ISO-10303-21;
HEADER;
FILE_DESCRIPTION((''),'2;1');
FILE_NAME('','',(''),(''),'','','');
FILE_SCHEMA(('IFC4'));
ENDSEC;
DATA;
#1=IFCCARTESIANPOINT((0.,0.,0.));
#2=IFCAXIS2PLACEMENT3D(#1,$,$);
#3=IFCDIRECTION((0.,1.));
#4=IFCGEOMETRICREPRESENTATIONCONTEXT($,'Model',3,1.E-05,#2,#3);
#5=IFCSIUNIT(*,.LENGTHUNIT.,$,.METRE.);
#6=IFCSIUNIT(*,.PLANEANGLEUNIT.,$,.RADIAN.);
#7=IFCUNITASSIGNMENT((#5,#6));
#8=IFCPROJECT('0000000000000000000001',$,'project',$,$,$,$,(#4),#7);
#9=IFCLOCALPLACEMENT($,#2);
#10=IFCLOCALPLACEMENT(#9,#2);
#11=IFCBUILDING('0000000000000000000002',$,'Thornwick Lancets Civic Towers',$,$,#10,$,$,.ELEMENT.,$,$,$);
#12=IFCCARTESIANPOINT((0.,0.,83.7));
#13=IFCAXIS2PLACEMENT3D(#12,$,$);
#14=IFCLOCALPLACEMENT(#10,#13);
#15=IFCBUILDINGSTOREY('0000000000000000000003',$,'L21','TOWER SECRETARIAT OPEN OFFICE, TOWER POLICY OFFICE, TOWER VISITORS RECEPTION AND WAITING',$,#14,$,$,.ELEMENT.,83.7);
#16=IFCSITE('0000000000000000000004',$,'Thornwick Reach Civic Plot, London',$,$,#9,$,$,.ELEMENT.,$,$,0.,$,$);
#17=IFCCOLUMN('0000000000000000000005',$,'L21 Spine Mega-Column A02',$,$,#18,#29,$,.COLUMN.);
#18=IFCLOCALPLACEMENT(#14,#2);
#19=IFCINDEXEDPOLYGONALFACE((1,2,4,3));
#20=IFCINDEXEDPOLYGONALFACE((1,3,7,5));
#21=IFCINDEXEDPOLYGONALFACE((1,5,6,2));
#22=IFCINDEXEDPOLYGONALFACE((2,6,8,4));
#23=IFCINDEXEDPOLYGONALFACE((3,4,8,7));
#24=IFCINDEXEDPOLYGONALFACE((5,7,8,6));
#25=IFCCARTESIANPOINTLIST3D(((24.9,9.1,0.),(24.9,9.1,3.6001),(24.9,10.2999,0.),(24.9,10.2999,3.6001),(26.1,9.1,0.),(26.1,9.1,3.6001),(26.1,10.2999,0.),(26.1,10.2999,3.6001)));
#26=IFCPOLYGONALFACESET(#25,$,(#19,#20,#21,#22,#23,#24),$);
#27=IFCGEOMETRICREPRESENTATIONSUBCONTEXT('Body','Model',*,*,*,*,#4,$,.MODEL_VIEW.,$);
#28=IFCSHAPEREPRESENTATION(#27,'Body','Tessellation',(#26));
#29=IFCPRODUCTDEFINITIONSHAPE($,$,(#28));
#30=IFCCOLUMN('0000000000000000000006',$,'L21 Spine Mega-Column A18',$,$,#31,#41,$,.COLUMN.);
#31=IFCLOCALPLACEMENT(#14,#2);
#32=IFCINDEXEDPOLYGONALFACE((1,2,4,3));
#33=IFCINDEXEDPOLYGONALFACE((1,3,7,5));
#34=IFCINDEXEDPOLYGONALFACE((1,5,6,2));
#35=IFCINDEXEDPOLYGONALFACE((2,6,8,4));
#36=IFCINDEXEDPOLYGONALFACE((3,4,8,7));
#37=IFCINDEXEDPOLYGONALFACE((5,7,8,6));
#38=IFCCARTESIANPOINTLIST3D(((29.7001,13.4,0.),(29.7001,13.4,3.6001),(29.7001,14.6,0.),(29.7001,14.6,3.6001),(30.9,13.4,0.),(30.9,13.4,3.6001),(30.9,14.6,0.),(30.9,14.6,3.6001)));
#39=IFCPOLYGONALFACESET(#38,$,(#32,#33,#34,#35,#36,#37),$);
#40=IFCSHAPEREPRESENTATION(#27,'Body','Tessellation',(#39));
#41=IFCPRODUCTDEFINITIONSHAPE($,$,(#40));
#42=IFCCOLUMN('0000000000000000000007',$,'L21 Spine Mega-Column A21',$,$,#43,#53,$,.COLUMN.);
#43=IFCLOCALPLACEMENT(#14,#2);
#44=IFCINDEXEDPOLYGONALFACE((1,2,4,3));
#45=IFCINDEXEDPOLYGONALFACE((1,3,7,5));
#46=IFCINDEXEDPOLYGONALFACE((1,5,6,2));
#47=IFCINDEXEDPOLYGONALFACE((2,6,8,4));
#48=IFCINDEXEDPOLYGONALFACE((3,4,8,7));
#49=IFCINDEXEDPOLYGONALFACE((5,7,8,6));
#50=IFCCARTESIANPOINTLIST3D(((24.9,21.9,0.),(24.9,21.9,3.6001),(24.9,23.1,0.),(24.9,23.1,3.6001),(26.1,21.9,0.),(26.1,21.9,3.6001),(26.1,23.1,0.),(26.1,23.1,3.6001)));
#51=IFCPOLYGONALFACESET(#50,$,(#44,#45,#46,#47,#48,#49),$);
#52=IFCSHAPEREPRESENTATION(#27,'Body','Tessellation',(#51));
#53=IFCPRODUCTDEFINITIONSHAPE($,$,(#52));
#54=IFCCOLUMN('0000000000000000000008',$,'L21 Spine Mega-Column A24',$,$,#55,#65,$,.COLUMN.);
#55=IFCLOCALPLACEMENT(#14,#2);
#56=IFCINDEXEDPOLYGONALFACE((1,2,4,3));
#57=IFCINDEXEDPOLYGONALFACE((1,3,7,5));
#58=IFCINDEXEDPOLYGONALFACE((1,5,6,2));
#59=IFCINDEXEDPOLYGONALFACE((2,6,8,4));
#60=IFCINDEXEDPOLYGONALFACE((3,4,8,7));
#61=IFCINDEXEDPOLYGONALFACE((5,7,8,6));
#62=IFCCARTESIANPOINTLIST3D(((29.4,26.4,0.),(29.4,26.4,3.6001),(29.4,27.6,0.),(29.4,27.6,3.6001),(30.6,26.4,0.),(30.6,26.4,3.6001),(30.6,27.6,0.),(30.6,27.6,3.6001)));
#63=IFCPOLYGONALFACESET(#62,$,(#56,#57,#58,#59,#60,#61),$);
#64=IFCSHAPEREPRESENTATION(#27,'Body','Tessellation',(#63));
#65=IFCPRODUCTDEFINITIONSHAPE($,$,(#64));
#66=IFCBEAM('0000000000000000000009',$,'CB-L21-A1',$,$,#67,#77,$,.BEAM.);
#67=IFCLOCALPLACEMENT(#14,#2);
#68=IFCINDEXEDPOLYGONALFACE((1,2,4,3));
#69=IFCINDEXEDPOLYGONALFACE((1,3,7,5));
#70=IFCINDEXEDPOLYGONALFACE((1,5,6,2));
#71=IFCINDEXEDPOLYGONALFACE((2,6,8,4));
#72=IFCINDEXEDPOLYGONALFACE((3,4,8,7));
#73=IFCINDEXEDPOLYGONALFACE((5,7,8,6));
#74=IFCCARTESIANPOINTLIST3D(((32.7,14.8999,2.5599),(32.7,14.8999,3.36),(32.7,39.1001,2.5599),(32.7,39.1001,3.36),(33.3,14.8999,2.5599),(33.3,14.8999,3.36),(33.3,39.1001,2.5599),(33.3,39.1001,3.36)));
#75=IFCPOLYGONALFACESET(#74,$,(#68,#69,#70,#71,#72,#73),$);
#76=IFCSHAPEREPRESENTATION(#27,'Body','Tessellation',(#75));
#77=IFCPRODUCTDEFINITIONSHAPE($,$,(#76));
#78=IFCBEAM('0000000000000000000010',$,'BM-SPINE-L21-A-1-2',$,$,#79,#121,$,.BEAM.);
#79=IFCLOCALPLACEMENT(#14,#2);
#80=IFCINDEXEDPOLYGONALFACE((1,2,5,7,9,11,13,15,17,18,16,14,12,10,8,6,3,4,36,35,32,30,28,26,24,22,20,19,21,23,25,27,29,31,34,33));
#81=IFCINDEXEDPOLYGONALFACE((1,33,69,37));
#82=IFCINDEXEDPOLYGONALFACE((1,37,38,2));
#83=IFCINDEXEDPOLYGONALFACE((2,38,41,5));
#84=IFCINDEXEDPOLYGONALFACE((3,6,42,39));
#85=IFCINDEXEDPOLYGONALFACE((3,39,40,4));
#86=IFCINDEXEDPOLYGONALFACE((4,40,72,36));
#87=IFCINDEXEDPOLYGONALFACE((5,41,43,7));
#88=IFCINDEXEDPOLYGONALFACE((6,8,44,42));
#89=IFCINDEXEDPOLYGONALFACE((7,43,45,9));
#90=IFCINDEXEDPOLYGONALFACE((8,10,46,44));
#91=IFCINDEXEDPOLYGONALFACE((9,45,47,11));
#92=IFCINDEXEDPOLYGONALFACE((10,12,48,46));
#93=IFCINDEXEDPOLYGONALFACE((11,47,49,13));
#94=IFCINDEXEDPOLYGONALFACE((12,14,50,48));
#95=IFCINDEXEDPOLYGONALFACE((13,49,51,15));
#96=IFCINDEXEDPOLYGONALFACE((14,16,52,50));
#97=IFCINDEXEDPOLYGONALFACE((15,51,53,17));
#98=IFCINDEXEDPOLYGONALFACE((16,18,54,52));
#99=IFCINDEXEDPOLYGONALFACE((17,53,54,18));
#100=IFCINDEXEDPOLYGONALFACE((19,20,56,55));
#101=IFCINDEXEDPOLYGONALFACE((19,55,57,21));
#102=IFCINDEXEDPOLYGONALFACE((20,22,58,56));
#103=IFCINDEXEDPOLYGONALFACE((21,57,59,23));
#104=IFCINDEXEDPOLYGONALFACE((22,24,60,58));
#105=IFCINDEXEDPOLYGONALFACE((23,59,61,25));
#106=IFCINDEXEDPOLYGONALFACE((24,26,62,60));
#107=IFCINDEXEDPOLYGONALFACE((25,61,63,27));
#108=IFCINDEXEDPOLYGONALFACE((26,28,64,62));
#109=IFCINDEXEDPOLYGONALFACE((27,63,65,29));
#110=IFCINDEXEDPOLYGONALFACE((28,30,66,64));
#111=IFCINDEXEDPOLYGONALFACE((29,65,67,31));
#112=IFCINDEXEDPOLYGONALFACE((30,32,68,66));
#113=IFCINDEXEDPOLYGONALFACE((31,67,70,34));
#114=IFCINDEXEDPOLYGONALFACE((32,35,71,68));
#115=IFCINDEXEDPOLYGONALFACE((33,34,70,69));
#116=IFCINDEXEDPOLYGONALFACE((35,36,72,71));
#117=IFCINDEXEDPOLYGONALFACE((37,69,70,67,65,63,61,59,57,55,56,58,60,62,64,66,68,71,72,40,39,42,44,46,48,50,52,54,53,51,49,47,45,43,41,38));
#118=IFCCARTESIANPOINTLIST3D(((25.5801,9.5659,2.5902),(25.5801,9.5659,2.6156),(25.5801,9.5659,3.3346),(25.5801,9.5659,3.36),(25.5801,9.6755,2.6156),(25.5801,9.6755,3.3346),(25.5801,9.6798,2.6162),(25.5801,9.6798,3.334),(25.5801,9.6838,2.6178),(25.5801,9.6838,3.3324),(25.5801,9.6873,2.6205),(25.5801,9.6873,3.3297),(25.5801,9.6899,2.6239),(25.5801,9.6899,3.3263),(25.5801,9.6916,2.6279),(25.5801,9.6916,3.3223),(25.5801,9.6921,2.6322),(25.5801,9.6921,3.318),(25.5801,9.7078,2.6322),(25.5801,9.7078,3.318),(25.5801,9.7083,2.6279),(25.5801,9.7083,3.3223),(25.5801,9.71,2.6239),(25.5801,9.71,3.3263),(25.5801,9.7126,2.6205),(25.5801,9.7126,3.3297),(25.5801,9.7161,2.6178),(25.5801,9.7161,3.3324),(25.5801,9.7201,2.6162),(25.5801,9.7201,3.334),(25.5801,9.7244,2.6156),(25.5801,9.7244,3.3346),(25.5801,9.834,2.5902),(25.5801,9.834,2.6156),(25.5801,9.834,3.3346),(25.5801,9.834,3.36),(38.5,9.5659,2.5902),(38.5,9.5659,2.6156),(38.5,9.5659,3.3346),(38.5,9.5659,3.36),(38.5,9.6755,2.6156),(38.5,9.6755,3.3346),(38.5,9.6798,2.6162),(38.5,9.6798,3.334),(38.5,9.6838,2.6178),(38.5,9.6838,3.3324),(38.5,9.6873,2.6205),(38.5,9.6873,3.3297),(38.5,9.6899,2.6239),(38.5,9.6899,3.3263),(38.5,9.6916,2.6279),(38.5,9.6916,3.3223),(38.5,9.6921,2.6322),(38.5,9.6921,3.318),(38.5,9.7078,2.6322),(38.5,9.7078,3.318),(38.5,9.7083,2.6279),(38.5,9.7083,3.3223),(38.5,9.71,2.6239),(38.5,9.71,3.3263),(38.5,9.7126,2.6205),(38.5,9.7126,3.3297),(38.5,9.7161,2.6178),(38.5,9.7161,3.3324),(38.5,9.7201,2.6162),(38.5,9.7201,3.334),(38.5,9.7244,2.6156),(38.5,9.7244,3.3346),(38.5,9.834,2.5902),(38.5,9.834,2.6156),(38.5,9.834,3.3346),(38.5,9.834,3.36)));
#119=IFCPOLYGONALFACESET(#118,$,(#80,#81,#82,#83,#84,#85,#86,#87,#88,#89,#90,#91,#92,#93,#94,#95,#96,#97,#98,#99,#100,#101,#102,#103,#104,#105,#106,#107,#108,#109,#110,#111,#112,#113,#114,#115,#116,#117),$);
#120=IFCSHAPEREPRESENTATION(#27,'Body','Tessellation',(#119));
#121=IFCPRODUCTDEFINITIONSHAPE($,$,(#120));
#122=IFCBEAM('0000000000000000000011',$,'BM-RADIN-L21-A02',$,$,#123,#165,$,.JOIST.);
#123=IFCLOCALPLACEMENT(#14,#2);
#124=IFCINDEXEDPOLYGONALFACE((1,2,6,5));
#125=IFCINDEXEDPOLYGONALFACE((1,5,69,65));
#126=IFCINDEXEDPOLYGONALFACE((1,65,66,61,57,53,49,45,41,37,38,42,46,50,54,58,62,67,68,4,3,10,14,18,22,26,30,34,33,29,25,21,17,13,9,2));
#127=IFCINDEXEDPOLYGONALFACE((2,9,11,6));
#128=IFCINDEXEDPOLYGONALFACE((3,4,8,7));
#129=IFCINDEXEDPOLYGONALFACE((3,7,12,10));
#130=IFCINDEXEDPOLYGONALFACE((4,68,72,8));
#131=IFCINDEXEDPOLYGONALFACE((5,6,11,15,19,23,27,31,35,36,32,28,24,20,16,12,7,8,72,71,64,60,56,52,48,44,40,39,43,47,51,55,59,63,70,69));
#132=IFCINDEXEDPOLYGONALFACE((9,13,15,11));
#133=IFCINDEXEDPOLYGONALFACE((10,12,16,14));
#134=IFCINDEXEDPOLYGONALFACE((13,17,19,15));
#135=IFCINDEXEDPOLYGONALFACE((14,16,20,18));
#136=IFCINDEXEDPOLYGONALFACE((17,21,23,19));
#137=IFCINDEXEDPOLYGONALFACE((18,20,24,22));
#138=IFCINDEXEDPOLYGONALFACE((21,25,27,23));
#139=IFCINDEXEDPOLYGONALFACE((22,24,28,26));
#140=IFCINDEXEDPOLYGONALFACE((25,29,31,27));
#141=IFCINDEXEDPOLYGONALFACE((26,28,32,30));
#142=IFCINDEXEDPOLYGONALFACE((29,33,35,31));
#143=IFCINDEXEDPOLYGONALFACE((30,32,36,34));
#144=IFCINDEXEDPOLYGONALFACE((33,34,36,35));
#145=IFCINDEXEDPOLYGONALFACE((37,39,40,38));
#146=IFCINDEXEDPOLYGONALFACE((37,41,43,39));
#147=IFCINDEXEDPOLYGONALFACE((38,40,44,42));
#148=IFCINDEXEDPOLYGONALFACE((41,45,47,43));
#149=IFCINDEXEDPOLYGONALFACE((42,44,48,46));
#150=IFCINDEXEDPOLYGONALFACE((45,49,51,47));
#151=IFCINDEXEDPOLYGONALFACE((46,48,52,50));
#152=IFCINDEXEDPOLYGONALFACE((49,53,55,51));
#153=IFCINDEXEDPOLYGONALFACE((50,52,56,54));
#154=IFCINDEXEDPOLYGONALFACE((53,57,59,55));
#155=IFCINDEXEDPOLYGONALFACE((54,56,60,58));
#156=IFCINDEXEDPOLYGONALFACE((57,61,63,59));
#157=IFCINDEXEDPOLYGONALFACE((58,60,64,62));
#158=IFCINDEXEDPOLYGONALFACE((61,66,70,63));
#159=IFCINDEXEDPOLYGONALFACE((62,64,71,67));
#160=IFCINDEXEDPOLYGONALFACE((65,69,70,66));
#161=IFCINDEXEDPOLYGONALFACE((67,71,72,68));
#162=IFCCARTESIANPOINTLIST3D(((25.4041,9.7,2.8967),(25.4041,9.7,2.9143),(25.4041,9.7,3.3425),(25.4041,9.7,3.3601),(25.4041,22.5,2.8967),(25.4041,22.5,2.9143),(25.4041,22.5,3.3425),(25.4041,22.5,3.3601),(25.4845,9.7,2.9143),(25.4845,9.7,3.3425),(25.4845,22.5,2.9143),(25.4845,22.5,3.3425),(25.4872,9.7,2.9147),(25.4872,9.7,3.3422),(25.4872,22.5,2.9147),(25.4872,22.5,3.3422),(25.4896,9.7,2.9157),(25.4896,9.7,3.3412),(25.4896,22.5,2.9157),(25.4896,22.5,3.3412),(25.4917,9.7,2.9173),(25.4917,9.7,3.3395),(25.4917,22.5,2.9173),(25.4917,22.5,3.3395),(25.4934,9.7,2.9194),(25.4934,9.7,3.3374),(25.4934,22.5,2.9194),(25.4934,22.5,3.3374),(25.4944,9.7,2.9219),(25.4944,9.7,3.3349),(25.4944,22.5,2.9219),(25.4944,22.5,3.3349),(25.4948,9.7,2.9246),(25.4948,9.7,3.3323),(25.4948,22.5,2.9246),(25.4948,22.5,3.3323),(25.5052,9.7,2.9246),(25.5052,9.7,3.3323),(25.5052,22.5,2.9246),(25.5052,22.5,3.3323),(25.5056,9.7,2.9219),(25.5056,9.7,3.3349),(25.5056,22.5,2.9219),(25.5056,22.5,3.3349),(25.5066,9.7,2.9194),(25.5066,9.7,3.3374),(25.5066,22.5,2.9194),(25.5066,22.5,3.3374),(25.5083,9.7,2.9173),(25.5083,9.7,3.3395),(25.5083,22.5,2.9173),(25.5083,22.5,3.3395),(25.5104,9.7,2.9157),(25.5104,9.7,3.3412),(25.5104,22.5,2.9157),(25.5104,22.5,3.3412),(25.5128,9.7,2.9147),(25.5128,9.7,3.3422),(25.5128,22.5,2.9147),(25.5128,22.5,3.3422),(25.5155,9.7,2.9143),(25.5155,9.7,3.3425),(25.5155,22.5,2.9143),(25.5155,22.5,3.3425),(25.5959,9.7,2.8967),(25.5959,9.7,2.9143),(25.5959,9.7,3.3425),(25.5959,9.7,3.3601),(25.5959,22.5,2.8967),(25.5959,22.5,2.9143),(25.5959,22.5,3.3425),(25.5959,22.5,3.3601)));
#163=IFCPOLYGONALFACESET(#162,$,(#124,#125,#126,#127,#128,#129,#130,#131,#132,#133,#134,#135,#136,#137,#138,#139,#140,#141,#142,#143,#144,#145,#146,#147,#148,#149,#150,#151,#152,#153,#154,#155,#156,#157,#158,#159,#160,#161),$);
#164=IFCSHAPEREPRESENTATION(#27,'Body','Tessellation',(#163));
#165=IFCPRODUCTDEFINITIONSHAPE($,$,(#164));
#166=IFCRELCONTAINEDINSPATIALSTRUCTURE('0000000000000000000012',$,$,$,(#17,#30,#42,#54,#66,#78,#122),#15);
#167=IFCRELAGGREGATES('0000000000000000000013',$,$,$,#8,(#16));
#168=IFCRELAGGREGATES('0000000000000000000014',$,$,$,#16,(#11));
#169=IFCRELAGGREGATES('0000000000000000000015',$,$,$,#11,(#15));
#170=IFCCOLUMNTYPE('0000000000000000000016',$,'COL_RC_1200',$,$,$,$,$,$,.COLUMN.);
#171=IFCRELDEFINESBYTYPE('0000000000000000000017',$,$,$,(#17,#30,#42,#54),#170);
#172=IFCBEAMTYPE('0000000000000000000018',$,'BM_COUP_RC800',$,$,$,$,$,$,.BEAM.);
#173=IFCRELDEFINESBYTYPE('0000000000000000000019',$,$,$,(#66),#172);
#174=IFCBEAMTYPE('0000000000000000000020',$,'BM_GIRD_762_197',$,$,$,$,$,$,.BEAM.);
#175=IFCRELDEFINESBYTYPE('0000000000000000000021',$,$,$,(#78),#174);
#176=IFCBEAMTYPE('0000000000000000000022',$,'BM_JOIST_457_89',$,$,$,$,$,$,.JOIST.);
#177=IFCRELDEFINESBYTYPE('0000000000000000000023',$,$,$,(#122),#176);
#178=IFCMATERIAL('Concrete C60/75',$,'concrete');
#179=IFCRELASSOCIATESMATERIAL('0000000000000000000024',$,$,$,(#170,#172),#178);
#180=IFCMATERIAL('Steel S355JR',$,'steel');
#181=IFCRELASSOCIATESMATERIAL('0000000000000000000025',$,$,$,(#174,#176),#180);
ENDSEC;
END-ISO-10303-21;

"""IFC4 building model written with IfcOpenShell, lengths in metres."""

from ifc_helpers import new_model, si_unit, direction, frame, origin, origin_2d, place, context, subcontext, project, spatial, rectangle, i_section, extrude, material, material_profile, profile_set, type_object, element, save


model = new_model("IFC4")

# Units and contexts
model_context = context("Model", 3, precision=1e-05, world=origin(), true_north=direction((0.0, 1.0)))
body_context = subcontext(model_context, "Body", "Model", "MODEL_VIEW")
ifc_project = project(units=[si_unit("LENGTHUNIT", "METRE"), si_unit("PLANEANGLEUNIT", "RADIAN")], contexts=[model_context])

# Site, building, storey
site_placement = place(None, origin())
site = spatial("IfcSite", under=ifc_project, at=site_placement, Name="Thornwick Reach Civic Plot, London", CompositionType="ELEMENT", RefElevation=0.0)
building_placement = place(site_placement, origin())
building = spatial("IfcBuilding", under=site, at=building_placement, Name="Thornwick Lancets Civic Towers", CompositionType="ELEMENT")
storey_placement = place(building_placement, frame((0.0, 0.0, 83.7)))
storey = spatial("IfcBuildingStorey", under=building, at=storey_placement, Name="L21", Description="TOWER SECRETARIAT OPEN OFFICE, TOWER POLICY OFFICE, TOWER VISITORS RECEPTION AND WAITING", CompositionType="ELEMENT", Elevation=83.7)

# Columns
ifc_material_1 = material(Name="Concrete C60/75", Category="concrete")
ifc_material_profile_1 = material_profile(ifc_material_1, rectangle(XDim=1.2, YDim=1.2, at=origin_2d()), Name="RC 1200x1200")
ifc_profile_set_1 = profile_set([ifc_material_profile_1], Name="Concrete C60/75")
column_type = type_object("IfcColumnType", Name="COL_RC_1200", PredefinedType="COLUMN", material=ifc_profile_set_1)
for number, where, z_axis, x_axis, name in (
    (1, (25.5, 9.7, 0.0), (0.0, 0.0, 1.0), (1.0, 0.0, 0.0), "L21 Spine Mega-Column A02"),
    (2, (30.3, 14.0, 0.0), (0.0, 0.0, 1.0), (1.0, 0.0, 0.0), "L21 Spine Mega-Column A18"),
    (3, (25.5, 22.5, 0.0), (0.0, 0.0, 1.0), (1.0, 0.0, 0.0), "L21 Spine Mega-Column A21"),
    (4, (30.0, 27.0, 0.0), (0.0, 0.0, 1.0), (1.0, 0.0, 0.0), "L21 Spine Mega-Column A24"),
):
    element("IfcColumn", number, at=place(storey_placement, frame(where, z_axis=z_axis, x_axis=x_axis)), inside=storey, type_object=column_type, Name=name, PredefinedType="COLUMN", context=body_context, shape_type="SweptSolid", body=[
        extrude(rectangle(XDim=1.2, YDim=1.2, at=origin_2d()), origin(), (0.0, 0.0, 1.0), 3.6001),
    ])

# Beams
ifc_material_profile_2 = material_profile(ifc_material_1, rectangle(XDim=0.6001, YDim=0.8, at=origin_2d()), Name="RC 600x800")
ifc_profile_set_2 = profile_set([ifc_material_profile_2], Name="Concrete C60/75")
beam_type_1 = type_object("IfcBeamType", Name="BM_COUP_RC800", PredefinedType="BEAM", material=ifc_profile_set_2)
beam_1_placement = place(storey_placement, frame((33.0, 14.8999, 2.96), z_axis=(0.0, 1.0, 0.0), x_axis=(-1.0, 0.0, 0.0)))
element("IfcBeam", 5, at=beam_1_placement, inside=storey, type_object=beam_type_1, Name="CB-L21-A1", PredefinedType="BEAM", context=body_context, shape_type="SweptSolid", body=[
    extrude(rectangle(XDim=0.6001, YDim=0.8, at=origin_2d()), origin(), (0.0, 0.0, 1.0), 24.2002),
])
ifc_material_2 = material(Name="Steel S355JR", Category="steel")
ifc_material_profile_3 = material_profile(ifc_material_2, i_section(OverallWidth=0.2681, OverallDepth=0.7698, WebThickness=0.0156, FlangeThickness=0.0254, FilletRadius=0.0166, at=origin_2d()), Name="UKB 762x267x197")
ifc_profile_set_3 = profile_set([ifc_material_profile_3], Name="Steel S355JR")
beam_type_2 = type_object("IfcBeamType", Name="BM_GIRD_762_197", PredefinedType="BEAM", material=ifc_profile_set_3)
beam_2_placement = place(storey_placement, frame((25.5801, 9.7, 2.9751), z_axis=(1.0, 0.0, 0.0), x_axis=(0.0, 1.0, 0.0)))
element("IfcBeam", 6, at=beam_2_placement, inside=storey, type_object=beam_type_2, Name="BM-SPINE-L21-A-1-2", PredefinedType="BEAM", context=body_context, shape_type="SweptSolid", body=[
    extrude(i_section(OverallWidth=0.2681, OverallDepth=0.7698, WebThickness=0.0156, FlangeThickness=0.0254, FilletRadius=0.0166, at=origin_2d()), origin(), (0.0, 0.0, 1.0), 12.9199),
])
ifc_material_profile_4 = material_profile(ifc_material_2, i_section(OverallWidth=0.1919, OverallDepth=0.4634, WebThickness=0.0105, FlangeThickness=0.0176, FilletRadius=0.0103, at=origin_2d()), Name="UKB 457x191x89")
ifc_profile_set_4 = profile_set([ifc_material_profile_4], Name="Steel S355JR")
beam_type_3 = type_object("IfcBeamType", Name="BM_JOIST_457_89", PredefinedType="JOIST", material=ifc_profile_set_4)
beam_3_placement = place(storey_placement, frame((25.5, 22.5, 3.1284), z_axis=(0.0, -1.0, 0.0), x_axis=(1.0, 0.0, 0.0)))
element("IfcBeam", 7, at=beam_3_placement, inside=storey, type_object=beam_type_3, Name="BM-RADIN-L21-A02", PredefinedType="JOIST", context=body_context, shape_type="SweptSolid", body=[
    extrude(i_section(OverallWidth=0.1919, OverallDepth=0.4634, WebThickness=0.0105, FlangeThickness=0.0176, FilletRadius=0.0103, at=origin_2d()), origin(), (0.0, 0.0, 1.0), 12.8),
])

save(model, "model.ifc")
